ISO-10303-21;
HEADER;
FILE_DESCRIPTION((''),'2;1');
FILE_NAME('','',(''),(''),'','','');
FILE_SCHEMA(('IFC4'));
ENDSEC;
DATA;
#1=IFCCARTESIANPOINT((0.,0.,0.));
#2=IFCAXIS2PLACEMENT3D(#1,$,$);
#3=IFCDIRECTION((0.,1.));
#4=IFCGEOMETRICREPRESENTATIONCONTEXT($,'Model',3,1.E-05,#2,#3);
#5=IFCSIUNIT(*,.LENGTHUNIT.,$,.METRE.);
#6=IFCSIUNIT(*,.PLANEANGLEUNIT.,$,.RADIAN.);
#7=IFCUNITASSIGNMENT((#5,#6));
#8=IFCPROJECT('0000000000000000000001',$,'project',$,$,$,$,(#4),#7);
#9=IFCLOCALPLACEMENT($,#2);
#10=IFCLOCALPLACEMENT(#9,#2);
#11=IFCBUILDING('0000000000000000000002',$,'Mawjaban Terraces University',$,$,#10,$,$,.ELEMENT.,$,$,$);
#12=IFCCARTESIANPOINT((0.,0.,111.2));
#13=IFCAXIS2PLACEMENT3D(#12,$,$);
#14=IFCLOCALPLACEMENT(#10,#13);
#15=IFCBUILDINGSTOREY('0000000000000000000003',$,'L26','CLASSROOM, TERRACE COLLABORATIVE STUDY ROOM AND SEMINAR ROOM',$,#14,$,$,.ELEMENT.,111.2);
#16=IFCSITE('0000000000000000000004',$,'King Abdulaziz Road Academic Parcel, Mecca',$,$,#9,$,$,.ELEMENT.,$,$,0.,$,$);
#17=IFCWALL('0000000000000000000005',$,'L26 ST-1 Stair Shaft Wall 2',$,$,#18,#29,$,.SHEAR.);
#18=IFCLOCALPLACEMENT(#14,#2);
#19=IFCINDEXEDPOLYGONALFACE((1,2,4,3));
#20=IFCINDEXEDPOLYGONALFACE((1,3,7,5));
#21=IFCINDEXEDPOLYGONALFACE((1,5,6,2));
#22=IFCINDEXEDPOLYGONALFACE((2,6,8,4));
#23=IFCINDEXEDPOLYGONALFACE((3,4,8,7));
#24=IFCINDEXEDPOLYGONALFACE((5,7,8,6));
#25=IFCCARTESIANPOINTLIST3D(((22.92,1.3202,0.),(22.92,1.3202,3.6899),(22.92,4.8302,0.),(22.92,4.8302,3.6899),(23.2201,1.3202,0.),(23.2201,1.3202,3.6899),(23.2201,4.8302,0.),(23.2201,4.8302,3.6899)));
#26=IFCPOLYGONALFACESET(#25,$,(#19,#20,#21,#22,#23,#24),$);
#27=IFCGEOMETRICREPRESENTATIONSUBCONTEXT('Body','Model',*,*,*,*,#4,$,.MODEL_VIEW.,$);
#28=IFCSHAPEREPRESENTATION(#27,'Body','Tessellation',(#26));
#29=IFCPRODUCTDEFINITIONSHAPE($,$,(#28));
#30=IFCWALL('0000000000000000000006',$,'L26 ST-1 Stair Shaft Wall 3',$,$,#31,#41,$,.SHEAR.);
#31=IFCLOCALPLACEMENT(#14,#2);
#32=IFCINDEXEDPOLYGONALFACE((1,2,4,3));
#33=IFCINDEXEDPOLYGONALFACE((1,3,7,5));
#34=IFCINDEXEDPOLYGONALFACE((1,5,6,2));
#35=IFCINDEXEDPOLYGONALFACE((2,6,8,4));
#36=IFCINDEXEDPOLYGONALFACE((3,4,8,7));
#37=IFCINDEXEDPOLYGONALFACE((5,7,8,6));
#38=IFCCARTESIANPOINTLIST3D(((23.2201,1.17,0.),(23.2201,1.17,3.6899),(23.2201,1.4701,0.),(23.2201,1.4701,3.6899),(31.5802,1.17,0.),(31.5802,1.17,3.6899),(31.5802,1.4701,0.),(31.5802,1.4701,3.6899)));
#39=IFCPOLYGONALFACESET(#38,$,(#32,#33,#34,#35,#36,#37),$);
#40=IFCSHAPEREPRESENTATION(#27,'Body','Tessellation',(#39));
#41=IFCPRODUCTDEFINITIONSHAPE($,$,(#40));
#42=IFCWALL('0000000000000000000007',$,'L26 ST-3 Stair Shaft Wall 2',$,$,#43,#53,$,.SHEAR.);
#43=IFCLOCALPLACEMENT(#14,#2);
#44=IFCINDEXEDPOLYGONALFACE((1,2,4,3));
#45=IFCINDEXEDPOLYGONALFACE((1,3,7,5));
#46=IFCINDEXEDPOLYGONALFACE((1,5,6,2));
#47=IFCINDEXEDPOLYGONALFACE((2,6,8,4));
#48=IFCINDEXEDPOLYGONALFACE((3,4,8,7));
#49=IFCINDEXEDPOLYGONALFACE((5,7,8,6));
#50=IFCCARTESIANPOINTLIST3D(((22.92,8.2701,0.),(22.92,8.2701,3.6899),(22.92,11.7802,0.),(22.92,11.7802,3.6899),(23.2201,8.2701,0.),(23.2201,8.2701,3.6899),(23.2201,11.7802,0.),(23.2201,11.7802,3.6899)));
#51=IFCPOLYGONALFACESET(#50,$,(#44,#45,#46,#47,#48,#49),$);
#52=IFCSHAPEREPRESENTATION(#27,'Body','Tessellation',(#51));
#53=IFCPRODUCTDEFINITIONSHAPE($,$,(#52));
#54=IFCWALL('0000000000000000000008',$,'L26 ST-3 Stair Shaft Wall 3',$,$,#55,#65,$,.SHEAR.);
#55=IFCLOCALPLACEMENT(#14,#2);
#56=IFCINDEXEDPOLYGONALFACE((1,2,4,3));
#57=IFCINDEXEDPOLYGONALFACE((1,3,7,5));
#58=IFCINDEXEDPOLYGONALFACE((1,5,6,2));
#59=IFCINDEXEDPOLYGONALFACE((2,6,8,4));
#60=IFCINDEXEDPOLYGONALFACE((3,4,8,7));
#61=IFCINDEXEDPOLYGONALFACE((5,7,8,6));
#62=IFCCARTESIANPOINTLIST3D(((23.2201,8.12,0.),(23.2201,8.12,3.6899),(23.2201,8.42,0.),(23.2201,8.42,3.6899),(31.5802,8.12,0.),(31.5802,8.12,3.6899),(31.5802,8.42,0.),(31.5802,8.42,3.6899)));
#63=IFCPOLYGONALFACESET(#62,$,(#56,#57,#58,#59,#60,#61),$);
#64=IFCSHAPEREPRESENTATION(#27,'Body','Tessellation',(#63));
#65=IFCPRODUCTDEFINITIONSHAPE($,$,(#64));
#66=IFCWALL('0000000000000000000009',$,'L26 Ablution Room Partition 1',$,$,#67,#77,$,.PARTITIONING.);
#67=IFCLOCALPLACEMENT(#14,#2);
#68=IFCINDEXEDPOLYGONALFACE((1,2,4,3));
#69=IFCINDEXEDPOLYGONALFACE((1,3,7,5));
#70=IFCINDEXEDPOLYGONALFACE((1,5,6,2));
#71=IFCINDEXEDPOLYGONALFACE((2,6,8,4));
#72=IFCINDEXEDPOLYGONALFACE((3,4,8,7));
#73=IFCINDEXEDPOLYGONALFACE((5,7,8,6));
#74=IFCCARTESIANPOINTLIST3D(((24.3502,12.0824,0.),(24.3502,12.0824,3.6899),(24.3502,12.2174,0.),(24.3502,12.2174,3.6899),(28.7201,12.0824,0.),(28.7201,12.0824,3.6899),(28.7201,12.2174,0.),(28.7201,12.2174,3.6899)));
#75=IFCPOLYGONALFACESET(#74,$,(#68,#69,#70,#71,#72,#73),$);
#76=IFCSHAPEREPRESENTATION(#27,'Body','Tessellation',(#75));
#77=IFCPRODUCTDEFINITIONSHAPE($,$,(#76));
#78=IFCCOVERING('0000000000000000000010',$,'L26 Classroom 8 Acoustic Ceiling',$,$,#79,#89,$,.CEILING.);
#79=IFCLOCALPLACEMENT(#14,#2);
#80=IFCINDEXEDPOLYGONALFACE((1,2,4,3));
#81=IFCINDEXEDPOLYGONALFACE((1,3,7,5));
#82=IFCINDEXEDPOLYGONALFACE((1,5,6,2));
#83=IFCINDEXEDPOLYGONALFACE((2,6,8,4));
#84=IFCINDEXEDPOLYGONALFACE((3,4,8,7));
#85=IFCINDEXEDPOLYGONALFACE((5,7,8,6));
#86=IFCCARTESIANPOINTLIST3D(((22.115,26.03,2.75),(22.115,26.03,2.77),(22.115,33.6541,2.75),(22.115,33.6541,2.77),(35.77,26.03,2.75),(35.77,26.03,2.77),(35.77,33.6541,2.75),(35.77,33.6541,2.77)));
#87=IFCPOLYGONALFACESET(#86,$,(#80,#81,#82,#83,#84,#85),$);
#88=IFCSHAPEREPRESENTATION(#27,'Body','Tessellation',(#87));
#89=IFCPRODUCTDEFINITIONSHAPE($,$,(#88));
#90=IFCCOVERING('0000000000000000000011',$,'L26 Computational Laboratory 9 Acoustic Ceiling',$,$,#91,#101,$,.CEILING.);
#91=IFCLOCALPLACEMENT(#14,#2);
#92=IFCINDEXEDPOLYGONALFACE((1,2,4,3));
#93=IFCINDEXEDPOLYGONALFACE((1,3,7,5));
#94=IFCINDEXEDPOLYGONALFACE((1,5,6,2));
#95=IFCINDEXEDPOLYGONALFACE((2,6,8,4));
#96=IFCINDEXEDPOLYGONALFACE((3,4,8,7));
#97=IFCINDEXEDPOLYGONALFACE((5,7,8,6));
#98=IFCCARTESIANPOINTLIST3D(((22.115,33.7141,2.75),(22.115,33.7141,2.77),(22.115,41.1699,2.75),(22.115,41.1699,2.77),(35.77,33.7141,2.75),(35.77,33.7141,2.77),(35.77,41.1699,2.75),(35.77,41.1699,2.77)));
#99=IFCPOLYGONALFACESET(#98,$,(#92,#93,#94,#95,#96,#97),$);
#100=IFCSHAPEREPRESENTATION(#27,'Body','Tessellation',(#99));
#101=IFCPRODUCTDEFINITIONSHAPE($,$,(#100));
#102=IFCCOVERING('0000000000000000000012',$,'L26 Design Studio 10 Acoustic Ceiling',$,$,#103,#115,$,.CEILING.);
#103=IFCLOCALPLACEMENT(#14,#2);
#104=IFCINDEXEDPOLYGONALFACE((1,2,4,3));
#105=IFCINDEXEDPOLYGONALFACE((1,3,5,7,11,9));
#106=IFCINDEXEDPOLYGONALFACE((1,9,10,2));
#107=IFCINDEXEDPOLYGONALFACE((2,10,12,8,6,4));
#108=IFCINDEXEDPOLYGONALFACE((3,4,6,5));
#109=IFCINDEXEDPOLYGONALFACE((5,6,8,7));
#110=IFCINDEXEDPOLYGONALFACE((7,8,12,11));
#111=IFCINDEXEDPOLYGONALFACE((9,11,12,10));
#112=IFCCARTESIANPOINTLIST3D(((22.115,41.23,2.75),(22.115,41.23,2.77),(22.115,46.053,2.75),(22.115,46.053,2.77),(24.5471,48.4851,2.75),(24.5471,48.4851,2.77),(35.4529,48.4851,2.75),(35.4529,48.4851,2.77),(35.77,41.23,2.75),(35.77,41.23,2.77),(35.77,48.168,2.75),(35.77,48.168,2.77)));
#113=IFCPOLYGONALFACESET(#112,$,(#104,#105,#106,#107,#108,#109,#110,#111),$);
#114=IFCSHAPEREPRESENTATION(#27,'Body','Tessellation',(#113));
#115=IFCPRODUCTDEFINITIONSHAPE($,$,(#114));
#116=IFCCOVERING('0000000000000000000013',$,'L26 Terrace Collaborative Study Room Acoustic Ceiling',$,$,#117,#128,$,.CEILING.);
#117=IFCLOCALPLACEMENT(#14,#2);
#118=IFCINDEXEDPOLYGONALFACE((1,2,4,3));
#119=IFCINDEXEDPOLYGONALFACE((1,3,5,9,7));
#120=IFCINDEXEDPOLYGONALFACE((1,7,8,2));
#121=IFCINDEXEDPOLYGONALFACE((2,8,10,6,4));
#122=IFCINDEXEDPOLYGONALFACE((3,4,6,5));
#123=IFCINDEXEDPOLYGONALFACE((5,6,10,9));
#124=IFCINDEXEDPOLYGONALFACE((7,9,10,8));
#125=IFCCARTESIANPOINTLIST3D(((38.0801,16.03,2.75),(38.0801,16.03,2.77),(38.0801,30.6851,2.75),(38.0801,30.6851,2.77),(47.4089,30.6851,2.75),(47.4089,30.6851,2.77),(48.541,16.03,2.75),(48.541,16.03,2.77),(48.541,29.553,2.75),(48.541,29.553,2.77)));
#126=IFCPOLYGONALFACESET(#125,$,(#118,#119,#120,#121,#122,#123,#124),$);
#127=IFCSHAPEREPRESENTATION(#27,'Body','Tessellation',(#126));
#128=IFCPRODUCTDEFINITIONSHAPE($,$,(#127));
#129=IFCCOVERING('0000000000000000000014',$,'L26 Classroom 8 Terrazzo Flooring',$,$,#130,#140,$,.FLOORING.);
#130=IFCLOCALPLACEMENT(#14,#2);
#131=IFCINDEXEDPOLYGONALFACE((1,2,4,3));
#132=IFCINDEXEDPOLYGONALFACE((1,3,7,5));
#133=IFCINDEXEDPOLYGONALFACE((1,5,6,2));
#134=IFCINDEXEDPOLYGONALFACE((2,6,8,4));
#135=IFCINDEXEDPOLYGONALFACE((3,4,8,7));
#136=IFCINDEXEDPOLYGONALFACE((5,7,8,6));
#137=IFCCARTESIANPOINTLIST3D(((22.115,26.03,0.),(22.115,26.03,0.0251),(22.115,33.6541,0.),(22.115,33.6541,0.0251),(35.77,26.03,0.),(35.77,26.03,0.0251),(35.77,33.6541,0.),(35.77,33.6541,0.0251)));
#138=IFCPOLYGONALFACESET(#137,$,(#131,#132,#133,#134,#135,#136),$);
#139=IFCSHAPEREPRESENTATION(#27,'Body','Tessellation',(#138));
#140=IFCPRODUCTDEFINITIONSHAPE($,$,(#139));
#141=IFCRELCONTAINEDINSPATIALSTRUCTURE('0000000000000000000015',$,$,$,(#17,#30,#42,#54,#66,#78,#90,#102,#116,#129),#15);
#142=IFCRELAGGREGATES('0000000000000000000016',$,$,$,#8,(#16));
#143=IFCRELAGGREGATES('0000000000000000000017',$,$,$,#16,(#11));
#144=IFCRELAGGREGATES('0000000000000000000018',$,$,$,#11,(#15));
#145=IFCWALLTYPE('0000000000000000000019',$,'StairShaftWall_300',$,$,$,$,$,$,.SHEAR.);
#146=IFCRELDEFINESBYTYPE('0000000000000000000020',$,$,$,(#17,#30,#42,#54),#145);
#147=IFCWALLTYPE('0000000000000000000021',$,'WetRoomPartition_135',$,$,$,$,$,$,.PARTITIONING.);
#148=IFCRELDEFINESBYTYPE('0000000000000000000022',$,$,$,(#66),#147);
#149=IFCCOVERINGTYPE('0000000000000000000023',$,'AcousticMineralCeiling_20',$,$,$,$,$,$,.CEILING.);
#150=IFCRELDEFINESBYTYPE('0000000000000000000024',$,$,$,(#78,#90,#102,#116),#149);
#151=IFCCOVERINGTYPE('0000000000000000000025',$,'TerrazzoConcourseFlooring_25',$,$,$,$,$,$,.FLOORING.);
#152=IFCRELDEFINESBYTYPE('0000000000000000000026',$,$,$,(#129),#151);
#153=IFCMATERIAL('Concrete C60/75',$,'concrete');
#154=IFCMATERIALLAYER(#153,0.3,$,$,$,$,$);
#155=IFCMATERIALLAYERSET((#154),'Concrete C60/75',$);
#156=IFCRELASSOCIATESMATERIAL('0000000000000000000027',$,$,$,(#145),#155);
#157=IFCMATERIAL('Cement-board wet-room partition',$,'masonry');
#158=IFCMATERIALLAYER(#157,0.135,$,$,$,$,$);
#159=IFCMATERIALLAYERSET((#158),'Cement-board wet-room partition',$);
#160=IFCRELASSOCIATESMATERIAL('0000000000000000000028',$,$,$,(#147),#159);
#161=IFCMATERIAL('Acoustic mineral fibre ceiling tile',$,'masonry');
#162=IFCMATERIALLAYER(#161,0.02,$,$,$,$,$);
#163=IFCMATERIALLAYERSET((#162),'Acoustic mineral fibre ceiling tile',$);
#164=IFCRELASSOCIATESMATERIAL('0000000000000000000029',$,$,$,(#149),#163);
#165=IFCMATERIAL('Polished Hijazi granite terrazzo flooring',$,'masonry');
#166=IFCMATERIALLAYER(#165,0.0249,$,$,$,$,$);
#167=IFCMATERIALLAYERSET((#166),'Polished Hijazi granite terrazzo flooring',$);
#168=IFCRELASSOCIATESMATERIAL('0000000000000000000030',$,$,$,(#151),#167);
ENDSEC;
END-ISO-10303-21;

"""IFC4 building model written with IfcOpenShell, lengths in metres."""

from ifc_helpers import new_model, si_unit, direction, frame, frame_2d, origin, place, context, subcontext, project, spatial, polyline, rectangle, outline, extrude, material, layer, layer_set, type_object, element, save


model = new_model("IFC4")

# Units and contexts
model_context = context("Model", 3, precision=1e-05, world=origin(), true_north=direction((0.0, 1.0)))
body_context = subcontext(model_context, "Body", "Model", "MODEL_VIEW")
ifc_project = project(units=[si_unit("LENGTHUNIT", "METRE"), si_unit("PLANEANGLEUNIT", "RADIAN")], contexts=[model_context])

# Site, building, storey
site_placement = place(None, origin())
site = spatial("IfcSite", under=ifc_project, at=site_placement, Name="King Abdulaziz Road Academic Parcel, Mecca", CompositionType="ELEMENT", RefElevation=0.0)
building_placement = place(site_placement, origin())
building = spatial("IfcBuilding", under=site, at=building_placement, Name="Mawjaban Terraces University", CompositionType="ELEMENT")
storey_placement = place(building_placement, frame((0.0, 0.0, 111.2)))
storey = spatial("IfcBuildingStorey", under=building, at=storey_placement, Name="L26", Description="CLASSROOM, TERRACE COLLABORATIVE STUDY ROOM AND SEMINAR ROOM", CompositionType="ELEMENT", Elevation=111.2)

# Shared definitions
ifc_material_1 = material(Name="Concrete C60/75", Category="concrete")

# Walls
ifc_layer_1 = layer(ifc_material_1, 0.3)
ifc_layer_set_1 = layer_set([ifc_layer_1], Name="Concrete C60/75")
wall_type_1 = type_object("IfcWallType", Name="StairShaftWall_300", PredefinedType="SHEAR", material=ifc_layer_set_1)
wall_1_placement = place(storey_placement, frame((23.0701, 4.8301, 0.0), z_axis=(0.0, 0.0, 1.0), x_axis=(0.0, -1.0, 0.0)))
element("IfcWall", 1, at=wall_1_placement, inside=storey, type_object=wall_type_1, Name="L26 ST-1 Stair Shaft Wall 2", PredefinedType="SHEAR", context=body_context, shape_type="SweptSolid", body=[
    extrude(rectangle(XDim=3.51, YDim=0.3, at=frame_2d((1.7549, 0.0))), origin(), (0.0, 0.0, 1.0), 3.6899),
])
wall_2_placement = place(storey_placement, frame((23.22, 1.3201, 0.0), z_axis=(0.0, 0.0, 1.0), x_axis=(1.0, 0.0, 0.0)))
element("IfcWall", 2, at=wall_2_placement, inside=storey, type_object=wall_type_1, Name="L26 ST-1 Stair Shaft Wall 3", PredefinedType="SHEAR", context=body_context, shape_type="SweptSolid", body=[
    extrude(rectangle(XDim=8.3601, YDim=0.3, at=frame_2d((4.1802, 0.0))), origin(), (0.0, 0.0, 1.0), 3.6899),
])
wall_3_placement = place(storey_placement, frame((23.0701, 11.78, 0.0), z_axis=(0.0, 0.0, 1.0), x_axis=(0.0, -1.0, 0.0)))
element("IfcWall", 3, at=wall_3_placement, inside=storey, type_object=wall_type_1, Name="L26 ST-3 Stair Shaft Wall 2", PredefinedType="SHEAR", context=body_context, shape_type="SweptSolid", body=[
    extrude(rectangle(XDim=3.51, YDim=0.3, at=frame_2d((1.7549, 0.0))), origin(), (0.0, 0.0, 1.0), 3.6899),
])
wall_4_placement = place(storey_placement, frame((23.22, 8.27, 0.0), z_axis=(0.0, 0.0, 1.0), x_axis=(1.0, 0.0, 0.0)))
element("IfcWall", 4, at=wall_4_placement, inside=storey, type_object=wall_type_1, Name="L26 ST-3 Stair Shaft Wall 3", PredefinedType="SHEAR", context=body_context, shape_type="SweptSolid", body=[
    extrude(rectangle(XDim=8.3601, YDim=0.3, at=frame_2d((4.1802, 0.0))), origin(), (0.0, 0.0, 1.0), 3.6899),
])
ifc_material_2 = material(Name="Cement-board wet-room partition", Category="masonry")
ifc_layer_2 = layer(ifc_material_2, 0.135)
ifc_layer_set_2 = layer_set([ifc_layer_2], Name="Cement-board wet-room partition")
wall_type_2 = type_object("IfcWallType", Name="WetRoomPartition_135", PredefinedType="PARTITIONING", material=ifc_layer_set_2)
wall_5_placement = place(storey_placement, frame((24.3501, 12.1499, 0.0), z_axis=(0.0, 0.0, 1.0), x_axis=(1.0, 0.0, 0.0)))
element("IfcWall", 5, at=wall_5_placement, inside=storey, type_object=wall_type_2, Name="L26 Ablution Room Partition 1", PredefinedType="PARTITIONING", context=body_context, shape_type="SweptSolid", body=[
    extrude(rectangle(XDim=4.3699, YDim=0.135, at=frame_2d((2.1851, 0.0))), origin(), (0.0, 0.0, 1.0), 3.6899),
])

# Coverings
ifc_material_3 = material(Name="Acoustic mineral fibre ceiling tile", Category="masonry")
ifc_layer_3 = layer(ifc_material_3, 0.02)
ifc_layer_set_3 = layer_set([ifc_layer_3], Name="Acoustic mineral fibre ceiling tile")
covering_type_1 = type_object("IfcCoveringType", Name="AcousticMineralCeiling_20", PredefinedType="CEILING", material=ifc_layer_set_3)
covering_1_placement = place(storey_placement, frame((0.0, 0.0, 2.75)))
element("IfcCovering", 6, at=covering_1_placement, inside=storey, type_object=covering_type_1, Name="L26 Classroom 8 Acoustic Ceiling", PredefinedType="CEILING", context=body_context, shape_type="SweptSolid", body=[
    extrude(outline(polyline([(22.115, 33.6541), (22.115, 26.03), (35.77, 26.03), (35.77, 33.6541), (22.115, 33.6541)])), origin(), (0.0, 0.0, 1.0), 0.02),
])
covering_2_placement = place(storey_placement, frame((0.0, 0.0, 2.75)))
element("IfcCovering", 7, at=covering_2_placement, inside=storey, type_object=covering_type_1, Name="L26 Computational Laboratory 9 Acoustic Ceiling", PredefinedType="CEILING", context=body_context, shape_type="SweptSolid", body=[
    extrude(outline(polyline([(22.115, 41.1699), (22.115, 33.7141), (35.77, 33.7141), (35.77, 41.1699), (22.115, 41.1699)])), origin(), (0.0, 0.0, 1.0), 0.02),
])
covering_3_placement = place(storey_placement, frame((0.0, 0.0, 2.75)))
element("IfcCovering", 8, at=covering_3_placement, inside=storey, type_object=covering_type_1, Name="L26 Design Studio 10 Acoustic Ceiling", PredefinedType="CEILING", context=body_context, shape_type="SweptSolid", body=[
    extrude(outline(polyline([(35.77, 48.168), (35.4529, 48.4851), (24.5471, 48.4851), (22.115, 46.053), (22.115, 41.23), (35.77, 41.23), (35.77, 48.168)])), origin(), (0.0, 0.0, 1.0), 0.02),
])
covering_4_placement = place(storey_placement, frame((0.0, 0.0, 2.75)))
element("IfcCovering", 9, at=covering_4_placement, inside=storey, type_object=covering_type_1, Name="L26 Terrace Collaborative Study Room Acoustic Ceiling", PredefinedType="CEILING", context=body_context, shape_type="SweptSolid", body=[
    extrude(outline(polyline([(48.541, 16.03), (48.541, 29.553), (47.4089, 30.6851), (38.0801, 30.6851), (38.0801, 16.03), (48.541, 16.03)])), origin(), (0.0, 0.0, 1.0), 0.02),
])
ifc_material_4 = material(Name="Polished Hijazi granite terrazzo flooring", Category="masonry")
ifc_layer_4 = layer(ifc_material_4, 0.0249)
ifc_layer_set_4 = layer_set([ifc_layer_4], Name="Polished Hijazi granite terrazzo flooring")
covering_type_2 = type_object("IfcCoveringType", Name="TerrazzoConcourseFlooring_25", PredefinedType="FLOORING", material=ifc_layer_set_4)
covering_5_placement = place(storey_placement, origin())
element("IfcCovering", 10, at=covering_5_placement, inside=storey, type_object=covering_type_2, Name="L26 Classroom 8 Terrazzo Flooring", PredefinedType="FLOORING", context=body_context, shape_type="SweptSolid", body=[
    extrude(outline(polyline([(22.115, 33.6541), (22.115, 26.03), (35.77, 26.03), (35.77, 33.6541), (22.115, 33.6541)])), origin(), (0.0, 0.0, 1.0), 0.0251),
])

save(model, "model.ifc")
